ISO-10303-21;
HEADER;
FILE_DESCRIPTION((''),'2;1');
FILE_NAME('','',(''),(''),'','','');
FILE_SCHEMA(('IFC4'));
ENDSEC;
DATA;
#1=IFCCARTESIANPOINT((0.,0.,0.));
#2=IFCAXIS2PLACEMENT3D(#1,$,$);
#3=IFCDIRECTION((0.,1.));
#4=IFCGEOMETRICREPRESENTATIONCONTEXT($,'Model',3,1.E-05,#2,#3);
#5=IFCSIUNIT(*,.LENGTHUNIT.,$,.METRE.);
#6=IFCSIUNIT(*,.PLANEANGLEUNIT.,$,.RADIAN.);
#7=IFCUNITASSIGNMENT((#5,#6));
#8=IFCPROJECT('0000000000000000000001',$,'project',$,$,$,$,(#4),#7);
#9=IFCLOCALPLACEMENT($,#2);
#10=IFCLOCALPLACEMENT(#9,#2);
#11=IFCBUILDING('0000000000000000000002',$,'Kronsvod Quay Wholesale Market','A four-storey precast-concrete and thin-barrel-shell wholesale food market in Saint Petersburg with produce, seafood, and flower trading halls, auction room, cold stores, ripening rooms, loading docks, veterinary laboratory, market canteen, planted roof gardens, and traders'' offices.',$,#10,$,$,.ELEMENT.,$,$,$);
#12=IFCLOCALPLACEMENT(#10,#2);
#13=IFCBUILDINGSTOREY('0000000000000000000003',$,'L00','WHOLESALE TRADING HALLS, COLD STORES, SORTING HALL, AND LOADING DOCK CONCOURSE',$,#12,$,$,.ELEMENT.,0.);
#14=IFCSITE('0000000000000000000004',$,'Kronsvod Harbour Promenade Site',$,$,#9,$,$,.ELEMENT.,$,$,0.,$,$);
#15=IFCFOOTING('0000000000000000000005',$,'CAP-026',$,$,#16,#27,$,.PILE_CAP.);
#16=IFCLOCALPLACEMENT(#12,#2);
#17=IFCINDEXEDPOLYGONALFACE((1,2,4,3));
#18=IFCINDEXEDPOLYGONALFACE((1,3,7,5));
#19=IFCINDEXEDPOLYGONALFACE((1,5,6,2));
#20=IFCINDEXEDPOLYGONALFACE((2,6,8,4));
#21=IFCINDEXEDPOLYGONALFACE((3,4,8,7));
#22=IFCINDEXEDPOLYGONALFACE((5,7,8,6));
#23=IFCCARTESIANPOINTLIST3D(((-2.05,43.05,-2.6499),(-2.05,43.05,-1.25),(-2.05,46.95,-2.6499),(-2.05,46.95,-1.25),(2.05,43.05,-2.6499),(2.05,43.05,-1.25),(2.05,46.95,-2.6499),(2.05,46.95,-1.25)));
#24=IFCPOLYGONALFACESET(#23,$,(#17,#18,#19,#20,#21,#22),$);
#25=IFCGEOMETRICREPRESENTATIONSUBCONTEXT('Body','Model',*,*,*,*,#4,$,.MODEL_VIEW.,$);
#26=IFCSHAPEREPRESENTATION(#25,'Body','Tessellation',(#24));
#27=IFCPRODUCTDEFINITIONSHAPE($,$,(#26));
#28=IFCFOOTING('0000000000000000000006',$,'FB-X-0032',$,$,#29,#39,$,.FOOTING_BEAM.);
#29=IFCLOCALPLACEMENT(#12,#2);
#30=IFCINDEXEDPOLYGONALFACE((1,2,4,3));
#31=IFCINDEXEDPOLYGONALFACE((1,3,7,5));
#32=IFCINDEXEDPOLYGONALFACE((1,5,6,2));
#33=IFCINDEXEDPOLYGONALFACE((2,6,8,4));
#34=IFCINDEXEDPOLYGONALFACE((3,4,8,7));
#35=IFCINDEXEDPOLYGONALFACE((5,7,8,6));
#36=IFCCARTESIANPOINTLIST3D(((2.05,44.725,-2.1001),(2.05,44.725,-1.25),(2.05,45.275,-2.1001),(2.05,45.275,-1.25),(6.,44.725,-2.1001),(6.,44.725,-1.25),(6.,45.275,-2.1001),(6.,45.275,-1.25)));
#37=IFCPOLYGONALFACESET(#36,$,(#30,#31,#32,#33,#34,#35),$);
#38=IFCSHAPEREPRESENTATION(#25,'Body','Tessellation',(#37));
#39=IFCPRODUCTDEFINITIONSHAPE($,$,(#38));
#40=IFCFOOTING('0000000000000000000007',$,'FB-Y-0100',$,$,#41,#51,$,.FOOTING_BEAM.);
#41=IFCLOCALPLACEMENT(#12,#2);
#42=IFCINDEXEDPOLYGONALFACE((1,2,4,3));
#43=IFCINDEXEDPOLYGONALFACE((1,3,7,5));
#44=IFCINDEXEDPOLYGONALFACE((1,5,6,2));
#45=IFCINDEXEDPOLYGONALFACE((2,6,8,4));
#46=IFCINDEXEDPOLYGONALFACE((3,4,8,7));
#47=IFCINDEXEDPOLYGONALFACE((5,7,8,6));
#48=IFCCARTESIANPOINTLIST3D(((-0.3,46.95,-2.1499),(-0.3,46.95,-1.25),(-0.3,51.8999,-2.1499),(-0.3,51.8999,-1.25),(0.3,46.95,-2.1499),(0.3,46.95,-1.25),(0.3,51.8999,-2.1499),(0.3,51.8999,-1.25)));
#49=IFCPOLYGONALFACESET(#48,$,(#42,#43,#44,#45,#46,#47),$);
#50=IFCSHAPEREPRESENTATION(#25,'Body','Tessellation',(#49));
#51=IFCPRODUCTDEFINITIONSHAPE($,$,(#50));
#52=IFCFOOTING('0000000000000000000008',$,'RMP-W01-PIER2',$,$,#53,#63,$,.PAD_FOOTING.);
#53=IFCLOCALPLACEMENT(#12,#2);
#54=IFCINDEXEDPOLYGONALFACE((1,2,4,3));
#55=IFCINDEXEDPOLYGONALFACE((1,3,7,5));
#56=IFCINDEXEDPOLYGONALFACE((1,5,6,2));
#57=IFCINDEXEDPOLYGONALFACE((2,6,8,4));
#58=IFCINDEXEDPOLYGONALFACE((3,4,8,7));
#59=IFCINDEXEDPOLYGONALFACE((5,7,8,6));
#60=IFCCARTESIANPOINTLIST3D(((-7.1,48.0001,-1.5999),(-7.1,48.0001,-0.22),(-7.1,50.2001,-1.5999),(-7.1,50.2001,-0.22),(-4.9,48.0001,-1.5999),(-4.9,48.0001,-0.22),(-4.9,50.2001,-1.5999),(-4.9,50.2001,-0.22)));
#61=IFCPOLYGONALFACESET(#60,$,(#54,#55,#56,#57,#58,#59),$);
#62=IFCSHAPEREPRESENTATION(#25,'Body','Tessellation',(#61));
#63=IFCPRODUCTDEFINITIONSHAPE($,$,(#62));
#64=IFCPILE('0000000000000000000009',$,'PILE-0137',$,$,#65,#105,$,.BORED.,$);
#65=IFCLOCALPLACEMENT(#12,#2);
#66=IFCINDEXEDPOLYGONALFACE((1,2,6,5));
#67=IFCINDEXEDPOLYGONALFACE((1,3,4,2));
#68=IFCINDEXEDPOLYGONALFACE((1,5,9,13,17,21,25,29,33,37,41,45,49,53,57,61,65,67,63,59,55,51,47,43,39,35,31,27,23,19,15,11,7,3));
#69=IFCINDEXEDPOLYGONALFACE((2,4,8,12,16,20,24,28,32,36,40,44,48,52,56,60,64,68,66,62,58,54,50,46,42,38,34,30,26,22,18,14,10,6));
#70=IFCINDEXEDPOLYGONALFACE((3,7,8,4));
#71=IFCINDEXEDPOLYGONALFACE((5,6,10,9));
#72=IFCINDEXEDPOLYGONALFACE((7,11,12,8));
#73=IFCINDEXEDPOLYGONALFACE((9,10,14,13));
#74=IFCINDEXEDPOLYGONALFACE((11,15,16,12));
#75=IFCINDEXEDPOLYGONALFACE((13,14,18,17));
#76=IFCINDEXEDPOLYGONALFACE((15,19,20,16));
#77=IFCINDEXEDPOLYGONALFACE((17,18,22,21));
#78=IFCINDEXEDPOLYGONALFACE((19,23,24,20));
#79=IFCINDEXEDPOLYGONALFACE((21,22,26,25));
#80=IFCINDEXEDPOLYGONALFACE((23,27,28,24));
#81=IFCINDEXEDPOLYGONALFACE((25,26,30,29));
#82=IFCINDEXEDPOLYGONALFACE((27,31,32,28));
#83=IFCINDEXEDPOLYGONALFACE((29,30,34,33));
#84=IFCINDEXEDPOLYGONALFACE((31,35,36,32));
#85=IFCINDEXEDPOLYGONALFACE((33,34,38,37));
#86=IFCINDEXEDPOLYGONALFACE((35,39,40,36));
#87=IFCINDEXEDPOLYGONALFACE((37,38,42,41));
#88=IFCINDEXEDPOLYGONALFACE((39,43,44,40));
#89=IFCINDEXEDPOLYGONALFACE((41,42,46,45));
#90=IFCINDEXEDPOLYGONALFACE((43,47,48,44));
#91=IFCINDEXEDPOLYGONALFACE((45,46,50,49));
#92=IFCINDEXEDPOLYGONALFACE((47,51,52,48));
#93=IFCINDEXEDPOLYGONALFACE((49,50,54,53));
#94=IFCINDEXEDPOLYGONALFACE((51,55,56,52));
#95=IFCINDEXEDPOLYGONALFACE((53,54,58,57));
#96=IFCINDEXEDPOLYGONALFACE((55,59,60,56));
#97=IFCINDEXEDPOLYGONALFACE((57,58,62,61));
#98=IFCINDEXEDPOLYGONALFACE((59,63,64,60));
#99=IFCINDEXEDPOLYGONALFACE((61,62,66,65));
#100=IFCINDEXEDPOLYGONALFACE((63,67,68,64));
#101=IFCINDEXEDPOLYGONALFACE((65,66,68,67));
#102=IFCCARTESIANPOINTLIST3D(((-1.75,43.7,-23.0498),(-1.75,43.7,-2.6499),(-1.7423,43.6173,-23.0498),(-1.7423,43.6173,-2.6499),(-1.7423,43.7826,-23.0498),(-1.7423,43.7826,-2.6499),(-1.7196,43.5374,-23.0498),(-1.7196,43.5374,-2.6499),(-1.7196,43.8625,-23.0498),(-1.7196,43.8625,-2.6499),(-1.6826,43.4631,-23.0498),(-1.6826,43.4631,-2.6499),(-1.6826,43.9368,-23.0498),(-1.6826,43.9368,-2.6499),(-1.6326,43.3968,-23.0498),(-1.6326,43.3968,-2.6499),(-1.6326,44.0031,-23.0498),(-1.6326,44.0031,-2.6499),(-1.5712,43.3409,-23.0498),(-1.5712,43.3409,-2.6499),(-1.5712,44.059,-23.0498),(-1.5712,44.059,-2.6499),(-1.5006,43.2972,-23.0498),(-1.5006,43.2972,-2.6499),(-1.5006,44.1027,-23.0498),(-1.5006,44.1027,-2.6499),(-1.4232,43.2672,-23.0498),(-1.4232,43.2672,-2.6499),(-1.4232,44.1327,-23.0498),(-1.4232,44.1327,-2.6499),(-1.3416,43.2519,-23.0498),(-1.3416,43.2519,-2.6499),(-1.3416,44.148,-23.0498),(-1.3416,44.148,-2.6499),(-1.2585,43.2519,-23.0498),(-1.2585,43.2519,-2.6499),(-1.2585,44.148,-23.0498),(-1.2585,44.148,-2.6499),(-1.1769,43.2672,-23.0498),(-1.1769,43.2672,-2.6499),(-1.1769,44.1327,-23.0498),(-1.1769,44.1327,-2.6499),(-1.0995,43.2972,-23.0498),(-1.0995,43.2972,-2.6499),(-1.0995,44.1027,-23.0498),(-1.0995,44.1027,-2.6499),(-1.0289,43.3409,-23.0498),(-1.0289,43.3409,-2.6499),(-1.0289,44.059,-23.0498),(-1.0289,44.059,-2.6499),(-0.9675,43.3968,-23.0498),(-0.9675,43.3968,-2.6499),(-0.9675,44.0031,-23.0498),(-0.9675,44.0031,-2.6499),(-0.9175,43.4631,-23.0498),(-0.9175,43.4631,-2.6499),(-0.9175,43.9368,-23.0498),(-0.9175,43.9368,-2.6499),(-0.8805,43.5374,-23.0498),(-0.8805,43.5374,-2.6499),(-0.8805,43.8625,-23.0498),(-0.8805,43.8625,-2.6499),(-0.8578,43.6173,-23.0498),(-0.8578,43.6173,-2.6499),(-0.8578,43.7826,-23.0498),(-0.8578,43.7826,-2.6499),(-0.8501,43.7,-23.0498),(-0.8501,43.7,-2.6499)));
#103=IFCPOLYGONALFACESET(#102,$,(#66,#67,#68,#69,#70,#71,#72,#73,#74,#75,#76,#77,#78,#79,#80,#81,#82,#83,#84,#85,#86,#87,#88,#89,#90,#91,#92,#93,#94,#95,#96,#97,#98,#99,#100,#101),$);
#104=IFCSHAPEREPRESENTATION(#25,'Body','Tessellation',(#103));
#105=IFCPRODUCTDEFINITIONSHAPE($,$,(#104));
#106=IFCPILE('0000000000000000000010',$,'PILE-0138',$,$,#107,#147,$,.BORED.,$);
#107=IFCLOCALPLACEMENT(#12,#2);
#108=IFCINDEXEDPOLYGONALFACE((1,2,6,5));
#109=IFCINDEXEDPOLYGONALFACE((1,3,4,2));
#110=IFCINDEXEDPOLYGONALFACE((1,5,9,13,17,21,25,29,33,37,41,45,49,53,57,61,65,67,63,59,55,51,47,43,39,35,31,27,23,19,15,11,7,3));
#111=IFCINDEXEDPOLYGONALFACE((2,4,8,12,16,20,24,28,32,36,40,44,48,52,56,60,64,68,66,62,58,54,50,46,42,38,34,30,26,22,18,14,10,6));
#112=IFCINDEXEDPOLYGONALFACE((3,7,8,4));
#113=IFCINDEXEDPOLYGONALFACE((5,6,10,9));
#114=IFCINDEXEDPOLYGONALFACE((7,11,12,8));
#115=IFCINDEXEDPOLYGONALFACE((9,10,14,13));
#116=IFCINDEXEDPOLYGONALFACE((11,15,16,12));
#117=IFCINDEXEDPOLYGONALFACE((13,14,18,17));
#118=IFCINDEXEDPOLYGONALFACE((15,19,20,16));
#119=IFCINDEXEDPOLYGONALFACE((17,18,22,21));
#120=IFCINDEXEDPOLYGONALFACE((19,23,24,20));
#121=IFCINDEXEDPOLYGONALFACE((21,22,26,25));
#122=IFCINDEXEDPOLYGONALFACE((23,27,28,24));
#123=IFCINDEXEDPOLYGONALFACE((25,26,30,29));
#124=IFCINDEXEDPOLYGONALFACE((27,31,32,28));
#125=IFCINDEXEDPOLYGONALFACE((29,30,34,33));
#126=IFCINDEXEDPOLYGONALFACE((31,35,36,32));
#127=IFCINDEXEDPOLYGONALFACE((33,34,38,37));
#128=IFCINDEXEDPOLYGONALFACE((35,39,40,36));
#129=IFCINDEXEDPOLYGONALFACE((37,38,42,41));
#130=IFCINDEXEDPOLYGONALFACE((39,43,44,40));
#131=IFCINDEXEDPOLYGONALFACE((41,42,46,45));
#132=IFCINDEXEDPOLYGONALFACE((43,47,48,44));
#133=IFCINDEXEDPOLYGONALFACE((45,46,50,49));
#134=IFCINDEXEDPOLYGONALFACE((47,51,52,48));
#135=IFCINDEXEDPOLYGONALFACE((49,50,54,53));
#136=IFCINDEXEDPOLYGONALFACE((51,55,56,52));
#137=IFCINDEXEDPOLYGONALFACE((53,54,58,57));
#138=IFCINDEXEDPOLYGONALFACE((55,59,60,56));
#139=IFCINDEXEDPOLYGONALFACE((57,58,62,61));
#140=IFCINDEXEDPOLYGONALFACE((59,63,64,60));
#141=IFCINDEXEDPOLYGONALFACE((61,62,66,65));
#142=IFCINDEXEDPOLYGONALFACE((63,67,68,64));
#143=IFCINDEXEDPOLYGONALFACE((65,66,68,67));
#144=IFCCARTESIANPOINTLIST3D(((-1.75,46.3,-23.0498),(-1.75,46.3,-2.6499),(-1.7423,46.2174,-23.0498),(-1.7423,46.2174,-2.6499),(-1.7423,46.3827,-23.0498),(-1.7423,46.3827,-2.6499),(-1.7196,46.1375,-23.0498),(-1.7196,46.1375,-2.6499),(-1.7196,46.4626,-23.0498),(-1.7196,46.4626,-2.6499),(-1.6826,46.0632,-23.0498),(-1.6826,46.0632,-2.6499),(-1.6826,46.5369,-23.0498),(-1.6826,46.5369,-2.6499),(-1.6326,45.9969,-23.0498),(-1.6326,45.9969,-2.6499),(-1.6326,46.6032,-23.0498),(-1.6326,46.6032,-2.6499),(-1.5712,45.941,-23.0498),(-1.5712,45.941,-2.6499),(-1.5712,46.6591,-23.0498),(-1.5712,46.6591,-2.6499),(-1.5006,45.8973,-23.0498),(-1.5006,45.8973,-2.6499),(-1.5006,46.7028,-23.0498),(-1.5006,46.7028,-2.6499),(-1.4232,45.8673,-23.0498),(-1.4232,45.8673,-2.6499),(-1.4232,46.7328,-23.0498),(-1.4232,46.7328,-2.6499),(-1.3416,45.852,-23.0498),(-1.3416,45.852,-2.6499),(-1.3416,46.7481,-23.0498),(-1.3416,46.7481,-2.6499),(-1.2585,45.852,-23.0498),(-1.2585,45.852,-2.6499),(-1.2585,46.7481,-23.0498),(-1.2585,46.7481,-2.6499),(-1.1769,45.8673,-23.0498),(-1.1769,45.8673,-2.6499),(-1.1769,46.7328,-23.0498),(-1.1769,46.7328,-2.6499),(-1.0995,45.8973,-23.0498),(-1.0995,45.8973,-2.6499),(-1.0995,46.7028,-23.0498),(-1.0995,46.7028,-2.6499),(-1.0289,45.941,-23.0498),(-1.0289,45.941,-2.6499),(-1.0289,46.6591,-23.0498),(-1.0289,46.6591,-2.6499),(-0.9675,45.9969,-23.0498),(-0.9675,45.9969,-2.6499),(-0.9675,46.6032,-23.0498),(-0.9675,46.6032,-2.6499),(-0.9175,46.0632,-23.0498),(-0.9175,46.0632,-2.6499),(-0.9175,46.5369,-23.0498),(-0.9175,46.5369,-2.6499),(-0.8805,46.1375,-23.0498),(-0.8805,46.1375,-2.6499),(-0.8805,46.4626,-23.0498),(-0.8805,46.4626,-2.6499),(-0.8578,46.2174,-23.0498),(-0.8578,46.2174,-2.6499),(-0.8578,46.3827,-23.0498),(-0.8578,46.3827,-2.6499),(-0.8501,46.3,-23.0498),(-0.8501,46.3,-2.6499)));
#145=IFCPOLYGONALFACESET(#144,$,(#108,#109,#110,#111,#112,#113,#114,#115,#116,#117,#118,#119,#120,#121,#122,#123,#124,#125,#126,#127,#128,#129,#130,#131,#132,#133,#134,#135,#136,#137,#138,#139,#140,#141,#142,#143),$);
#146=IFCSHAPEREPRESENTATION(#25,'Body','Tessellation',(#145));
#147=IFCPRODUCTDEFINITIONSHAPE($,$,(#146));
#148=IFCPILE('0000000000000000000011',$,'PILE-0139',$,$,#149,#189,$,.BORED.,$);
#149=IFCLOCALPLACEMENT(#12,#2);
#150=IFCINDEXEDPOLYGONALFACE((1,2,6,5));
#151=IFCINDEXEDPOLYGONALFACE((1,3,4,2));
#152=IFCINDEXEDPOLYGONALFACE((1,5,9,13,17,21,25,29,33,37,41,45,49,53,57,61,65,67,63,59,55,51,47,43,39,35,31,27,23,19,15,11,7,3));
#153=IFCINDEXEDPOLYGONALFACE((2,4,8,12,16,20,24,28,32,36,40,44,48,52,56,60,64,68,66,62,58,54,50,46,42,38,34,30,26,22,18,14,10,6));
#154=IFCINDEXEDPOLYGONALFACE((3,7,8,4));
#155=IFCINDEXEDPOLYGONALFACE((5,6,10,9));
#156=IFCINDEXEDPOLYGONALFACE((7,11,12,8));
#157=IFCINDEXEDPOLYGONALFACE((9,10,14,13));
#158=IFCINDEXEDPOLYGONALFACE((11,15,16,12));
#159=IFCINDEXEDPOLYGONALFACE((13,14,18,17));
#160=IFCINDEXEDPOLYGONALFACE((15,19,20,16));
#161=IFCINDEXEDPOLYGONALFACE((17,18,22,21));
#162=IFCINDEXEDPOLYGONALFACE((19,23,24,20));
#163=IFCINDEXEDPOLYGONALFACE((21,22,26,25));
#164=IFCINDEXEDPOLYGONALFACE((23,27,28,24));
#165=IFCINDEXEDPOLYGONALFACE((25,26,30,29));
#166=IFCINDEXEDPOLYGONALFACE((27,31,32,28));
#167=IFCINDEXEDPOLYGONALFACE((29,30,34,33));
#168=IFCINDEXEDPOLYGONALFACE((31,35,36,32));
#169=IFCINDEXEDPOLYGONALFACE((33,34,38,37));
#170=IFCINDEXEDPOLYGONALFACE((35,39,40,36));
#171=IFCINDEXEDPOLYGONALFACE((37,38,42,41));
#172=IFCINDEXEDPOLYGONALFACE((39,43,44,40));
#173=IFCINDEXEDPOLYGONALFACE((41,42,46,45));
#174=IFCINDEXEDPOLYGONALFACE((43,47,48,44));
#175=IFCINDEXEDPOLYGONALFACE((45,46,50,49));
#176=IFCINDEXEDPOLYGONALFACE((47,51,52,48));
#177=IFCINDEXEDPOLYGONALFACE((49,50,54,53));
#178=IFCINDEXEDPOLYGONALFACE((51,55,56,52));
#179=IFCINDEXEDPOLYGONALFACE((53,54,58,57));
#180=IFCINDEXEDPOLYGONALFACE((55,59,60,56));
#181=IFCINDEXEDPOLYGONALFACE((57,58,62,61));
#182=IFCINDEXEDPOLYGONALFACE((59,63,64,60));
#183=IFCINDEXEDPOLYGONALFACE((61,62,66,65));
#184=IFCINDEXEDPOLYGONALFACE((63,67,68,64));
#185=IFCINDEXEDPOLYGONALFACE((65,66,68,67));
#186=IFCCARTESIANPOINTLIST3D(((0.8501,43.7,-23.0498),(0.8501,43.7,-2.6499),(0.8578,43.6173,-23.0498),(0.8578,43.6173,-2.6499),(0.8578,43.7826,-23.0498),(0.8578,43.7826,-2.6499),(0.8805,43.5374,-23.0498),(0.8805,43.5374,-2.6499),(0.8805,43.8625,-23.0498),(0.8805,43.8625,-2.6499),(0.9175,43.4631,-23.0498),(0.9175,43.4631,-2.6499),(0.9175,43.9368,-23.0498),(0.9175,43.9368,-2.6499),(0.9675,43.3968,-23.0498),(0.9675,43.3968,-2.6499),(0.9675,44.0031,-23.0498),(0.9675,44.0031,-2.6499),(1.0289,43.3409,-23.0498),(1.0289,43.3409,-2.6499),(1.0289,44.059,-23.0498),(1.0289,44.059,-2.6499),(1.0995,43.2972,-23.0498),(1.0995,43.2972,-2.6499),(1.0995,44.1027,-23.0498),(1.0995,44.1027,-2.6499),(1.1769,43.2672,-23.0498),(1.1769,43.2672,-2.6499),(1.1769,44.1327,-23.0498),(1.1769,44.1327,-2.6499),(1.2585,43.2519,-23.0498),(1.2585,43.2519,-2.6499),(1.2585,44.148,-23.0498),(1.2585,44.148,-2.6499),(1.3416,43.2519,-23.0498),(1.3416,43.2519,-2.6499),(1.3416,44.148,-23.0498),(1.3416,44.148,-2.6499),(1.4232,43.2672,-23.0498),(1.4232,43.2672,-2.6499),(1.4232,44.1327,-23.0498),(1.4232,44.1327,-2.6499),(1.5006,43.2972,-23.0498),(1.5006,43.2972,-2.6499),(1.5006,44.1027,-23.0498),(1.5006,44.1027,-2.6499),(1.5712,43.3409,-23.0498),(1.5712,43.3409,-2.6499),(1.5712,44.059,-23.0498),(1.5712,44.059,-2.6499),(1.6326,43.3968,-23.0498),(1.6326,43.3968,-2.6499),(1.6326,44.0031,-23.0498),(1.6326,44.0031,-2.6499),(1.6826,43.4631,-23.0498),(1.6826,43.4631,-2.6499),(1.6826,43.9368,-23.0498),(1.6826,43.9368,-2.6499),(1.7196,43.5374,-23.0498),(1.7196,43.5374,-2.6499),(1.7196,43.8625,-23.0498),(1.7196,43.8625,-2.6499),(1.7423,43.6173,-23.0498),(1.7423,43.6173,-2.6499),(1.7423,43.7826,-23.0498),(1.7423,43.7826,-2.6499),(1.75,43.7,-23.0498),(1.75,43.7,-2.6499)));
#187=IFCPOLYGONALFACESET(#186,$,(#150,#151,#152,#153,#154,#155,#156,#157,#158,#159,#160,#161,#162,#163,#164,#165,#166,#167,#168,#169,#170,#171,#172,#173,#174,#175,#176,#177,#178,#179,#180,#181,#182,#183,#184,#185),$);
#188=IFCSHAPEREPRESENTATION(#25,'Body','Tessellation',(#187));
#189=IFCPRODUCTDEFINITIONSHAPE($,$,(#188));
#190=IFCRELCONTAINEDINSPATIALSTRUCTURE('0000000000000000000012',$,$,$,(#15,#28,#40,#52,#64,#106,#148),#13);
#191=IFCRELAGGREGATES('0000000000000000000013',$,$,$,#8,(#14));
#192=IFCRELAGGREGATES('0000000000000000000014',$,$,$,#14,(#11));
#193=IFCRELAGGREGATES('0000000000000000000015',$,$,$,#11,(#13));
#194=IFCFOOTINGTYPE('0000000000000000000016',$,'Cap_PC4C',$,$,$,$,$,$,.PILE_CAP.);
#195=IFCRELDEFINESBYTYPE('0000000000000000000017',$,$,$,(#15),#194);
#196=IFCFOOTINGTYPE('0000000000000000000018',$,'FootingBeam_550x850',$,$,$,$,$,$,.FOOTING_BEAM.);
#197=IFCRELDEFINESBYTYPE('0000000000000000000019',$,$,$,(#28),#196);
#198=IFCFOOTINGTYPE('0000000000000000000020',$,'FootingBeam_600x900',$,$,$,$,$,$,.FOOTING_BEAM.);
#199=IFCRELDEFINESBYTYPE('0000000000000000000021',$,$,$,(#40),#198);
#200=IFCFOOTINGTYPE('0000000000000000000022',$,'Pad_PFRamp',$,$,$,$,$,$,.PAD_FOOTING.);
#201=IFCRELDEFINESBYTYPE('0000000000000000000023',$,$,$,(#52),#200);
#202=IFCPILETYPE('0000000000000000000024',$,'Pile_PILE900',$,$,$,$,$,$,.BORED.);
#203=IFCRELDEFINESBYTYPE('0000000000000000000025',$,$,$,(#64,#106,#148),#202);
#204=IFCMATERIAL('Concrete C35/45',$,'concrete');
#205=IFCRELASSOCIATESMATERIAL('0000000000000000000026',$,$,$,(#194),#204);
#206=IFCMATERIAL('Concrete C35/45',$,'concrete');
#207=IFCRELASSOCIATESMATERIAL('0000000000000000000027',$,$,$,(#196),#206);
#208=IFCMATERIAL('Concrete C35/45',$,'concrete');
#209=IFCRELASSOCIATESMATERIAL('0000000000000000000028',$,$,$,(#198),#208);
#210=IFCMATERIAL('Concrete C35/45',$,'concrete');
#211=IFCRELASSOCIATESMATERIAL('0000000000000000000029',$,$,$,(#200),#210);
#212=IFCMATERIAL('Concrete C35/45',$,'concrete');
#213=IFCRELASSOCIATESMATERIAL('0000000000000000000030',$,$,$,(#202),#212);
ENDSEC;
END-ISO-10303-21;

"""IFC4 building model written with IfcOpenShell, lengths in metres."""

from ifc_helpers import new_model, si_unit, direction, frame, origin, origin_2d, place, context, subcontext, project, spatial, rectangle, circle, extrude, material, material_profile, profile_set, type_object, element, save


model = new_model("IFC4")

# Units and contexts
model_context = context("Model", 3, precision=1e-05, world=origin(), true_north=direction((0.0, 1.0)))
body_context = subcontext(model_context, "Body", "Model", "MODEL_VIEW")
ifc_project = project(units=[si_unit("LENGTHUNIT", "METRE"), si_unit("PLANEANGLEUNIT", "RADIAN")], contexts=[model_context])

# Site, building, storey
site_placement = place(None, origin())
site = spatial("IfcSite", under=ifc_project, at=site_placement, Name="Kronsvod Harbour Promenade Site", CompositionType="ELEMENT", RefElevation=0.0)
building_placement = place(site_placement, origin())
building = spatial("IfcBuilding", under=site, at=building_placement, Name="Kronsvod Quay Wholesale Market", Description="A four-storey precast-concrete and thin-barrel-shell wholesale food market in Saint Petersburg with produce, seafood, and flower trading halls, auction room, cold stores, ripening rooms, loading docks, veterinary laboratory, market canteen, planted roof gardens, and traders' offices.", CompositionType="ELEMENT")
storey_placement = place(building_placement, origin())
storey = spatial("IfcBuildingStorey", under=building, at=storey_placement, Name="L00", Description="WHOLESALE TRADING HALLS, COLD STORES, SORTING HALL, AND LOADING DOCK CONCOURSE", CompositionType="ELEMENT", Elevation=0.0)

# Footings
ifc_material_1 = material(Name="Concrete C35/45", Category="concrete")
footing_type_1 = type_object("IfcFootingType", Name="Cap_PC4C", PredefinedType="PILE_CAP", material=ifc_material_1)
footing_1_placement = place(storey_placement, frame((0.0, 45.0, -2.6499), z_axis=(0.0, 0.0, 1.0), x_axis=(1.0, 0.0, 0.0)))
element("IfcFooting", 1, at=footing_1_placement, inside=storey, type_object=footing_type_1, Name="CAP-026", PredefinedType="PILE_CAP", context=body_context, shape_type="SweptSolid", body=[
    extrude(rectangle(XDim=4.1001, YDim=3.8999, at=origin_2d()), origin(), (0.0, 0.0, 1.0), 1.3999),
])
ifc_material_2 = material(Name="Concrete C35/45", Category="concrete")
ifc_material_profile_1 = material_profile(ifc_material_2, rectangle(XDim=0.55, YDim=0.8501, at=origin_2d()), Name="FB-03")
ifc_profile_set_1 = profile_set([ifc_material_profile_1], Name="Concrete C35/45")
footing_type_2 = type_object("IfcFootingType", Name="FootingBeam_550x850", PredefinedType="FOOTING_BEAM", material=ifc_profile_set_1)
footing_2_placement = place(storey_placement, frame((2.05, 45.0, -1.675), z_axis=(1.0, 0.0, 0.0), x_axis=(0.0, 1.0, 0.0)))
element("IfcFooting", 2, at=footing_2_placement, inside=storey, type_object=footing_type_2, Name="FB-X-0032", PredefinedType="FOOTING_BEAM", context=body_context, shape_type="SweptSolid", body=[
    extrude(rectangle(XDim=0.55, YDim=0.8501, at=origin_2d()), origin(), (0.0, 0.0, 1.0), 3.95),
])
ifc_material_3 = material(Name="Concrete C35/45", Category="concrete")
ifc_material_profile_2 = material_profile(ifc_material_3, rectangle(XDim=0.6001, YDim=0.8999, at=origin_2d()), Name="FB-02")
ifc_profile_set_2 = profile_set([ifc_material_profile_2], Name="Concrete C35/45")
footing_type_3 = type_object("IfcFootingType", Name="FootingBeam_600x900", PredefinedType="FOOTING_BEAM", material=ifc_profile_set_2)
footing_3_placement = place(storey_placement, frame((0.0, 46.95, -1.7), z_axis=(0.0, 1.0, 0.0), x_axis=(-1.0, 0.0, 0.0)))
element("IfcFooting", 3, at=footing_3_placement, inside=storey, type_object=footing_type_3, Name="FB-Y-0100", PredefinedType="FOOTING_BEAM", context=body_context, shape_type="SweptSolid", body=[
    extrude(rectangle(XDim=0.6001, YDim=0.8999, at=origin_2d()), origin(), (0.0, 0.0, 1.0), 4.95),
])
ifc_material_4 = material(Name="Concrete C35/45", Category="concrete")
footing_type_4 = type_object("IfcFootingType", Name="Pad_PFRamp", PredefinedType="PAD_FOOTING", material=ifc_material_4)
footing_4_placement = place(storey_placement, frame((-6.0, 49.1001, -1.5999), z_axis=(0.0, 0.0, 1.0), x_axis=(1.0, 0.0, 0.0)))
element("IfcFooting", 4, at=footing_4_placement, inside=storey, type_object=footing_type_4, Name="RMP-W01-PIER2", PredefinedType="PAD_FOOTING", context=body_context, shape_type="SweptSolid", body=[
    extrude(rectangle(XDim=2.2, YDim=2.2, at=origin_2d()), origin(), (0.0, 0.0, 1.0), 1.3799),
])

# Piles
ifc_material_5 = material(Name="Concrete C35/45", Category="concrete")
ifc_material_profile_3 = material_profile(ifc_material_5, circle(Radius=0.45, at=origin_2d()), Name="PILE900")
ifc_profile_set_3 = profile_set([ifc_material_profile_3], Name="Concrete C35/45")
pile_type = type_object("IfcPileType", Name="Pile_PILE900", PredefinedType="BORED", material=ifc_profile_set_3)
for number, where, z_axis, x_axis, name in (
    (5, (-1.3, 43.7, -2.6499), (0.0, 0.0, -1.0), (1.0, 0.0, 0.0), "PILE-0137"),
    (6, (-1.3, 46.3, -2.6499), (0.0, 0.0, -1.0), (1.0, 0.0, 0.0), "PILE-0138"),
    (7, (1.3, 43.7, -2.6499), (0.0, 0.0, -1.0), (1.0, 0.0, 0.0), "PILE-0139"),
):
    element("IfcPile", number, at=place(storey_placement, frame(where, z_axis=z_axis, x_axis=x_axis)), inside=storey, type_object=pile_type, Name=name, PredefinedType="BORED", context=body_context, shape_type="SweptSolid", body=[
        extrude(circle(Radius=0.45, at=origin_2d()), origin(), (0.0, 0.0, 1.0), 20.3999),
    ])

save(model, "model.ifc")
